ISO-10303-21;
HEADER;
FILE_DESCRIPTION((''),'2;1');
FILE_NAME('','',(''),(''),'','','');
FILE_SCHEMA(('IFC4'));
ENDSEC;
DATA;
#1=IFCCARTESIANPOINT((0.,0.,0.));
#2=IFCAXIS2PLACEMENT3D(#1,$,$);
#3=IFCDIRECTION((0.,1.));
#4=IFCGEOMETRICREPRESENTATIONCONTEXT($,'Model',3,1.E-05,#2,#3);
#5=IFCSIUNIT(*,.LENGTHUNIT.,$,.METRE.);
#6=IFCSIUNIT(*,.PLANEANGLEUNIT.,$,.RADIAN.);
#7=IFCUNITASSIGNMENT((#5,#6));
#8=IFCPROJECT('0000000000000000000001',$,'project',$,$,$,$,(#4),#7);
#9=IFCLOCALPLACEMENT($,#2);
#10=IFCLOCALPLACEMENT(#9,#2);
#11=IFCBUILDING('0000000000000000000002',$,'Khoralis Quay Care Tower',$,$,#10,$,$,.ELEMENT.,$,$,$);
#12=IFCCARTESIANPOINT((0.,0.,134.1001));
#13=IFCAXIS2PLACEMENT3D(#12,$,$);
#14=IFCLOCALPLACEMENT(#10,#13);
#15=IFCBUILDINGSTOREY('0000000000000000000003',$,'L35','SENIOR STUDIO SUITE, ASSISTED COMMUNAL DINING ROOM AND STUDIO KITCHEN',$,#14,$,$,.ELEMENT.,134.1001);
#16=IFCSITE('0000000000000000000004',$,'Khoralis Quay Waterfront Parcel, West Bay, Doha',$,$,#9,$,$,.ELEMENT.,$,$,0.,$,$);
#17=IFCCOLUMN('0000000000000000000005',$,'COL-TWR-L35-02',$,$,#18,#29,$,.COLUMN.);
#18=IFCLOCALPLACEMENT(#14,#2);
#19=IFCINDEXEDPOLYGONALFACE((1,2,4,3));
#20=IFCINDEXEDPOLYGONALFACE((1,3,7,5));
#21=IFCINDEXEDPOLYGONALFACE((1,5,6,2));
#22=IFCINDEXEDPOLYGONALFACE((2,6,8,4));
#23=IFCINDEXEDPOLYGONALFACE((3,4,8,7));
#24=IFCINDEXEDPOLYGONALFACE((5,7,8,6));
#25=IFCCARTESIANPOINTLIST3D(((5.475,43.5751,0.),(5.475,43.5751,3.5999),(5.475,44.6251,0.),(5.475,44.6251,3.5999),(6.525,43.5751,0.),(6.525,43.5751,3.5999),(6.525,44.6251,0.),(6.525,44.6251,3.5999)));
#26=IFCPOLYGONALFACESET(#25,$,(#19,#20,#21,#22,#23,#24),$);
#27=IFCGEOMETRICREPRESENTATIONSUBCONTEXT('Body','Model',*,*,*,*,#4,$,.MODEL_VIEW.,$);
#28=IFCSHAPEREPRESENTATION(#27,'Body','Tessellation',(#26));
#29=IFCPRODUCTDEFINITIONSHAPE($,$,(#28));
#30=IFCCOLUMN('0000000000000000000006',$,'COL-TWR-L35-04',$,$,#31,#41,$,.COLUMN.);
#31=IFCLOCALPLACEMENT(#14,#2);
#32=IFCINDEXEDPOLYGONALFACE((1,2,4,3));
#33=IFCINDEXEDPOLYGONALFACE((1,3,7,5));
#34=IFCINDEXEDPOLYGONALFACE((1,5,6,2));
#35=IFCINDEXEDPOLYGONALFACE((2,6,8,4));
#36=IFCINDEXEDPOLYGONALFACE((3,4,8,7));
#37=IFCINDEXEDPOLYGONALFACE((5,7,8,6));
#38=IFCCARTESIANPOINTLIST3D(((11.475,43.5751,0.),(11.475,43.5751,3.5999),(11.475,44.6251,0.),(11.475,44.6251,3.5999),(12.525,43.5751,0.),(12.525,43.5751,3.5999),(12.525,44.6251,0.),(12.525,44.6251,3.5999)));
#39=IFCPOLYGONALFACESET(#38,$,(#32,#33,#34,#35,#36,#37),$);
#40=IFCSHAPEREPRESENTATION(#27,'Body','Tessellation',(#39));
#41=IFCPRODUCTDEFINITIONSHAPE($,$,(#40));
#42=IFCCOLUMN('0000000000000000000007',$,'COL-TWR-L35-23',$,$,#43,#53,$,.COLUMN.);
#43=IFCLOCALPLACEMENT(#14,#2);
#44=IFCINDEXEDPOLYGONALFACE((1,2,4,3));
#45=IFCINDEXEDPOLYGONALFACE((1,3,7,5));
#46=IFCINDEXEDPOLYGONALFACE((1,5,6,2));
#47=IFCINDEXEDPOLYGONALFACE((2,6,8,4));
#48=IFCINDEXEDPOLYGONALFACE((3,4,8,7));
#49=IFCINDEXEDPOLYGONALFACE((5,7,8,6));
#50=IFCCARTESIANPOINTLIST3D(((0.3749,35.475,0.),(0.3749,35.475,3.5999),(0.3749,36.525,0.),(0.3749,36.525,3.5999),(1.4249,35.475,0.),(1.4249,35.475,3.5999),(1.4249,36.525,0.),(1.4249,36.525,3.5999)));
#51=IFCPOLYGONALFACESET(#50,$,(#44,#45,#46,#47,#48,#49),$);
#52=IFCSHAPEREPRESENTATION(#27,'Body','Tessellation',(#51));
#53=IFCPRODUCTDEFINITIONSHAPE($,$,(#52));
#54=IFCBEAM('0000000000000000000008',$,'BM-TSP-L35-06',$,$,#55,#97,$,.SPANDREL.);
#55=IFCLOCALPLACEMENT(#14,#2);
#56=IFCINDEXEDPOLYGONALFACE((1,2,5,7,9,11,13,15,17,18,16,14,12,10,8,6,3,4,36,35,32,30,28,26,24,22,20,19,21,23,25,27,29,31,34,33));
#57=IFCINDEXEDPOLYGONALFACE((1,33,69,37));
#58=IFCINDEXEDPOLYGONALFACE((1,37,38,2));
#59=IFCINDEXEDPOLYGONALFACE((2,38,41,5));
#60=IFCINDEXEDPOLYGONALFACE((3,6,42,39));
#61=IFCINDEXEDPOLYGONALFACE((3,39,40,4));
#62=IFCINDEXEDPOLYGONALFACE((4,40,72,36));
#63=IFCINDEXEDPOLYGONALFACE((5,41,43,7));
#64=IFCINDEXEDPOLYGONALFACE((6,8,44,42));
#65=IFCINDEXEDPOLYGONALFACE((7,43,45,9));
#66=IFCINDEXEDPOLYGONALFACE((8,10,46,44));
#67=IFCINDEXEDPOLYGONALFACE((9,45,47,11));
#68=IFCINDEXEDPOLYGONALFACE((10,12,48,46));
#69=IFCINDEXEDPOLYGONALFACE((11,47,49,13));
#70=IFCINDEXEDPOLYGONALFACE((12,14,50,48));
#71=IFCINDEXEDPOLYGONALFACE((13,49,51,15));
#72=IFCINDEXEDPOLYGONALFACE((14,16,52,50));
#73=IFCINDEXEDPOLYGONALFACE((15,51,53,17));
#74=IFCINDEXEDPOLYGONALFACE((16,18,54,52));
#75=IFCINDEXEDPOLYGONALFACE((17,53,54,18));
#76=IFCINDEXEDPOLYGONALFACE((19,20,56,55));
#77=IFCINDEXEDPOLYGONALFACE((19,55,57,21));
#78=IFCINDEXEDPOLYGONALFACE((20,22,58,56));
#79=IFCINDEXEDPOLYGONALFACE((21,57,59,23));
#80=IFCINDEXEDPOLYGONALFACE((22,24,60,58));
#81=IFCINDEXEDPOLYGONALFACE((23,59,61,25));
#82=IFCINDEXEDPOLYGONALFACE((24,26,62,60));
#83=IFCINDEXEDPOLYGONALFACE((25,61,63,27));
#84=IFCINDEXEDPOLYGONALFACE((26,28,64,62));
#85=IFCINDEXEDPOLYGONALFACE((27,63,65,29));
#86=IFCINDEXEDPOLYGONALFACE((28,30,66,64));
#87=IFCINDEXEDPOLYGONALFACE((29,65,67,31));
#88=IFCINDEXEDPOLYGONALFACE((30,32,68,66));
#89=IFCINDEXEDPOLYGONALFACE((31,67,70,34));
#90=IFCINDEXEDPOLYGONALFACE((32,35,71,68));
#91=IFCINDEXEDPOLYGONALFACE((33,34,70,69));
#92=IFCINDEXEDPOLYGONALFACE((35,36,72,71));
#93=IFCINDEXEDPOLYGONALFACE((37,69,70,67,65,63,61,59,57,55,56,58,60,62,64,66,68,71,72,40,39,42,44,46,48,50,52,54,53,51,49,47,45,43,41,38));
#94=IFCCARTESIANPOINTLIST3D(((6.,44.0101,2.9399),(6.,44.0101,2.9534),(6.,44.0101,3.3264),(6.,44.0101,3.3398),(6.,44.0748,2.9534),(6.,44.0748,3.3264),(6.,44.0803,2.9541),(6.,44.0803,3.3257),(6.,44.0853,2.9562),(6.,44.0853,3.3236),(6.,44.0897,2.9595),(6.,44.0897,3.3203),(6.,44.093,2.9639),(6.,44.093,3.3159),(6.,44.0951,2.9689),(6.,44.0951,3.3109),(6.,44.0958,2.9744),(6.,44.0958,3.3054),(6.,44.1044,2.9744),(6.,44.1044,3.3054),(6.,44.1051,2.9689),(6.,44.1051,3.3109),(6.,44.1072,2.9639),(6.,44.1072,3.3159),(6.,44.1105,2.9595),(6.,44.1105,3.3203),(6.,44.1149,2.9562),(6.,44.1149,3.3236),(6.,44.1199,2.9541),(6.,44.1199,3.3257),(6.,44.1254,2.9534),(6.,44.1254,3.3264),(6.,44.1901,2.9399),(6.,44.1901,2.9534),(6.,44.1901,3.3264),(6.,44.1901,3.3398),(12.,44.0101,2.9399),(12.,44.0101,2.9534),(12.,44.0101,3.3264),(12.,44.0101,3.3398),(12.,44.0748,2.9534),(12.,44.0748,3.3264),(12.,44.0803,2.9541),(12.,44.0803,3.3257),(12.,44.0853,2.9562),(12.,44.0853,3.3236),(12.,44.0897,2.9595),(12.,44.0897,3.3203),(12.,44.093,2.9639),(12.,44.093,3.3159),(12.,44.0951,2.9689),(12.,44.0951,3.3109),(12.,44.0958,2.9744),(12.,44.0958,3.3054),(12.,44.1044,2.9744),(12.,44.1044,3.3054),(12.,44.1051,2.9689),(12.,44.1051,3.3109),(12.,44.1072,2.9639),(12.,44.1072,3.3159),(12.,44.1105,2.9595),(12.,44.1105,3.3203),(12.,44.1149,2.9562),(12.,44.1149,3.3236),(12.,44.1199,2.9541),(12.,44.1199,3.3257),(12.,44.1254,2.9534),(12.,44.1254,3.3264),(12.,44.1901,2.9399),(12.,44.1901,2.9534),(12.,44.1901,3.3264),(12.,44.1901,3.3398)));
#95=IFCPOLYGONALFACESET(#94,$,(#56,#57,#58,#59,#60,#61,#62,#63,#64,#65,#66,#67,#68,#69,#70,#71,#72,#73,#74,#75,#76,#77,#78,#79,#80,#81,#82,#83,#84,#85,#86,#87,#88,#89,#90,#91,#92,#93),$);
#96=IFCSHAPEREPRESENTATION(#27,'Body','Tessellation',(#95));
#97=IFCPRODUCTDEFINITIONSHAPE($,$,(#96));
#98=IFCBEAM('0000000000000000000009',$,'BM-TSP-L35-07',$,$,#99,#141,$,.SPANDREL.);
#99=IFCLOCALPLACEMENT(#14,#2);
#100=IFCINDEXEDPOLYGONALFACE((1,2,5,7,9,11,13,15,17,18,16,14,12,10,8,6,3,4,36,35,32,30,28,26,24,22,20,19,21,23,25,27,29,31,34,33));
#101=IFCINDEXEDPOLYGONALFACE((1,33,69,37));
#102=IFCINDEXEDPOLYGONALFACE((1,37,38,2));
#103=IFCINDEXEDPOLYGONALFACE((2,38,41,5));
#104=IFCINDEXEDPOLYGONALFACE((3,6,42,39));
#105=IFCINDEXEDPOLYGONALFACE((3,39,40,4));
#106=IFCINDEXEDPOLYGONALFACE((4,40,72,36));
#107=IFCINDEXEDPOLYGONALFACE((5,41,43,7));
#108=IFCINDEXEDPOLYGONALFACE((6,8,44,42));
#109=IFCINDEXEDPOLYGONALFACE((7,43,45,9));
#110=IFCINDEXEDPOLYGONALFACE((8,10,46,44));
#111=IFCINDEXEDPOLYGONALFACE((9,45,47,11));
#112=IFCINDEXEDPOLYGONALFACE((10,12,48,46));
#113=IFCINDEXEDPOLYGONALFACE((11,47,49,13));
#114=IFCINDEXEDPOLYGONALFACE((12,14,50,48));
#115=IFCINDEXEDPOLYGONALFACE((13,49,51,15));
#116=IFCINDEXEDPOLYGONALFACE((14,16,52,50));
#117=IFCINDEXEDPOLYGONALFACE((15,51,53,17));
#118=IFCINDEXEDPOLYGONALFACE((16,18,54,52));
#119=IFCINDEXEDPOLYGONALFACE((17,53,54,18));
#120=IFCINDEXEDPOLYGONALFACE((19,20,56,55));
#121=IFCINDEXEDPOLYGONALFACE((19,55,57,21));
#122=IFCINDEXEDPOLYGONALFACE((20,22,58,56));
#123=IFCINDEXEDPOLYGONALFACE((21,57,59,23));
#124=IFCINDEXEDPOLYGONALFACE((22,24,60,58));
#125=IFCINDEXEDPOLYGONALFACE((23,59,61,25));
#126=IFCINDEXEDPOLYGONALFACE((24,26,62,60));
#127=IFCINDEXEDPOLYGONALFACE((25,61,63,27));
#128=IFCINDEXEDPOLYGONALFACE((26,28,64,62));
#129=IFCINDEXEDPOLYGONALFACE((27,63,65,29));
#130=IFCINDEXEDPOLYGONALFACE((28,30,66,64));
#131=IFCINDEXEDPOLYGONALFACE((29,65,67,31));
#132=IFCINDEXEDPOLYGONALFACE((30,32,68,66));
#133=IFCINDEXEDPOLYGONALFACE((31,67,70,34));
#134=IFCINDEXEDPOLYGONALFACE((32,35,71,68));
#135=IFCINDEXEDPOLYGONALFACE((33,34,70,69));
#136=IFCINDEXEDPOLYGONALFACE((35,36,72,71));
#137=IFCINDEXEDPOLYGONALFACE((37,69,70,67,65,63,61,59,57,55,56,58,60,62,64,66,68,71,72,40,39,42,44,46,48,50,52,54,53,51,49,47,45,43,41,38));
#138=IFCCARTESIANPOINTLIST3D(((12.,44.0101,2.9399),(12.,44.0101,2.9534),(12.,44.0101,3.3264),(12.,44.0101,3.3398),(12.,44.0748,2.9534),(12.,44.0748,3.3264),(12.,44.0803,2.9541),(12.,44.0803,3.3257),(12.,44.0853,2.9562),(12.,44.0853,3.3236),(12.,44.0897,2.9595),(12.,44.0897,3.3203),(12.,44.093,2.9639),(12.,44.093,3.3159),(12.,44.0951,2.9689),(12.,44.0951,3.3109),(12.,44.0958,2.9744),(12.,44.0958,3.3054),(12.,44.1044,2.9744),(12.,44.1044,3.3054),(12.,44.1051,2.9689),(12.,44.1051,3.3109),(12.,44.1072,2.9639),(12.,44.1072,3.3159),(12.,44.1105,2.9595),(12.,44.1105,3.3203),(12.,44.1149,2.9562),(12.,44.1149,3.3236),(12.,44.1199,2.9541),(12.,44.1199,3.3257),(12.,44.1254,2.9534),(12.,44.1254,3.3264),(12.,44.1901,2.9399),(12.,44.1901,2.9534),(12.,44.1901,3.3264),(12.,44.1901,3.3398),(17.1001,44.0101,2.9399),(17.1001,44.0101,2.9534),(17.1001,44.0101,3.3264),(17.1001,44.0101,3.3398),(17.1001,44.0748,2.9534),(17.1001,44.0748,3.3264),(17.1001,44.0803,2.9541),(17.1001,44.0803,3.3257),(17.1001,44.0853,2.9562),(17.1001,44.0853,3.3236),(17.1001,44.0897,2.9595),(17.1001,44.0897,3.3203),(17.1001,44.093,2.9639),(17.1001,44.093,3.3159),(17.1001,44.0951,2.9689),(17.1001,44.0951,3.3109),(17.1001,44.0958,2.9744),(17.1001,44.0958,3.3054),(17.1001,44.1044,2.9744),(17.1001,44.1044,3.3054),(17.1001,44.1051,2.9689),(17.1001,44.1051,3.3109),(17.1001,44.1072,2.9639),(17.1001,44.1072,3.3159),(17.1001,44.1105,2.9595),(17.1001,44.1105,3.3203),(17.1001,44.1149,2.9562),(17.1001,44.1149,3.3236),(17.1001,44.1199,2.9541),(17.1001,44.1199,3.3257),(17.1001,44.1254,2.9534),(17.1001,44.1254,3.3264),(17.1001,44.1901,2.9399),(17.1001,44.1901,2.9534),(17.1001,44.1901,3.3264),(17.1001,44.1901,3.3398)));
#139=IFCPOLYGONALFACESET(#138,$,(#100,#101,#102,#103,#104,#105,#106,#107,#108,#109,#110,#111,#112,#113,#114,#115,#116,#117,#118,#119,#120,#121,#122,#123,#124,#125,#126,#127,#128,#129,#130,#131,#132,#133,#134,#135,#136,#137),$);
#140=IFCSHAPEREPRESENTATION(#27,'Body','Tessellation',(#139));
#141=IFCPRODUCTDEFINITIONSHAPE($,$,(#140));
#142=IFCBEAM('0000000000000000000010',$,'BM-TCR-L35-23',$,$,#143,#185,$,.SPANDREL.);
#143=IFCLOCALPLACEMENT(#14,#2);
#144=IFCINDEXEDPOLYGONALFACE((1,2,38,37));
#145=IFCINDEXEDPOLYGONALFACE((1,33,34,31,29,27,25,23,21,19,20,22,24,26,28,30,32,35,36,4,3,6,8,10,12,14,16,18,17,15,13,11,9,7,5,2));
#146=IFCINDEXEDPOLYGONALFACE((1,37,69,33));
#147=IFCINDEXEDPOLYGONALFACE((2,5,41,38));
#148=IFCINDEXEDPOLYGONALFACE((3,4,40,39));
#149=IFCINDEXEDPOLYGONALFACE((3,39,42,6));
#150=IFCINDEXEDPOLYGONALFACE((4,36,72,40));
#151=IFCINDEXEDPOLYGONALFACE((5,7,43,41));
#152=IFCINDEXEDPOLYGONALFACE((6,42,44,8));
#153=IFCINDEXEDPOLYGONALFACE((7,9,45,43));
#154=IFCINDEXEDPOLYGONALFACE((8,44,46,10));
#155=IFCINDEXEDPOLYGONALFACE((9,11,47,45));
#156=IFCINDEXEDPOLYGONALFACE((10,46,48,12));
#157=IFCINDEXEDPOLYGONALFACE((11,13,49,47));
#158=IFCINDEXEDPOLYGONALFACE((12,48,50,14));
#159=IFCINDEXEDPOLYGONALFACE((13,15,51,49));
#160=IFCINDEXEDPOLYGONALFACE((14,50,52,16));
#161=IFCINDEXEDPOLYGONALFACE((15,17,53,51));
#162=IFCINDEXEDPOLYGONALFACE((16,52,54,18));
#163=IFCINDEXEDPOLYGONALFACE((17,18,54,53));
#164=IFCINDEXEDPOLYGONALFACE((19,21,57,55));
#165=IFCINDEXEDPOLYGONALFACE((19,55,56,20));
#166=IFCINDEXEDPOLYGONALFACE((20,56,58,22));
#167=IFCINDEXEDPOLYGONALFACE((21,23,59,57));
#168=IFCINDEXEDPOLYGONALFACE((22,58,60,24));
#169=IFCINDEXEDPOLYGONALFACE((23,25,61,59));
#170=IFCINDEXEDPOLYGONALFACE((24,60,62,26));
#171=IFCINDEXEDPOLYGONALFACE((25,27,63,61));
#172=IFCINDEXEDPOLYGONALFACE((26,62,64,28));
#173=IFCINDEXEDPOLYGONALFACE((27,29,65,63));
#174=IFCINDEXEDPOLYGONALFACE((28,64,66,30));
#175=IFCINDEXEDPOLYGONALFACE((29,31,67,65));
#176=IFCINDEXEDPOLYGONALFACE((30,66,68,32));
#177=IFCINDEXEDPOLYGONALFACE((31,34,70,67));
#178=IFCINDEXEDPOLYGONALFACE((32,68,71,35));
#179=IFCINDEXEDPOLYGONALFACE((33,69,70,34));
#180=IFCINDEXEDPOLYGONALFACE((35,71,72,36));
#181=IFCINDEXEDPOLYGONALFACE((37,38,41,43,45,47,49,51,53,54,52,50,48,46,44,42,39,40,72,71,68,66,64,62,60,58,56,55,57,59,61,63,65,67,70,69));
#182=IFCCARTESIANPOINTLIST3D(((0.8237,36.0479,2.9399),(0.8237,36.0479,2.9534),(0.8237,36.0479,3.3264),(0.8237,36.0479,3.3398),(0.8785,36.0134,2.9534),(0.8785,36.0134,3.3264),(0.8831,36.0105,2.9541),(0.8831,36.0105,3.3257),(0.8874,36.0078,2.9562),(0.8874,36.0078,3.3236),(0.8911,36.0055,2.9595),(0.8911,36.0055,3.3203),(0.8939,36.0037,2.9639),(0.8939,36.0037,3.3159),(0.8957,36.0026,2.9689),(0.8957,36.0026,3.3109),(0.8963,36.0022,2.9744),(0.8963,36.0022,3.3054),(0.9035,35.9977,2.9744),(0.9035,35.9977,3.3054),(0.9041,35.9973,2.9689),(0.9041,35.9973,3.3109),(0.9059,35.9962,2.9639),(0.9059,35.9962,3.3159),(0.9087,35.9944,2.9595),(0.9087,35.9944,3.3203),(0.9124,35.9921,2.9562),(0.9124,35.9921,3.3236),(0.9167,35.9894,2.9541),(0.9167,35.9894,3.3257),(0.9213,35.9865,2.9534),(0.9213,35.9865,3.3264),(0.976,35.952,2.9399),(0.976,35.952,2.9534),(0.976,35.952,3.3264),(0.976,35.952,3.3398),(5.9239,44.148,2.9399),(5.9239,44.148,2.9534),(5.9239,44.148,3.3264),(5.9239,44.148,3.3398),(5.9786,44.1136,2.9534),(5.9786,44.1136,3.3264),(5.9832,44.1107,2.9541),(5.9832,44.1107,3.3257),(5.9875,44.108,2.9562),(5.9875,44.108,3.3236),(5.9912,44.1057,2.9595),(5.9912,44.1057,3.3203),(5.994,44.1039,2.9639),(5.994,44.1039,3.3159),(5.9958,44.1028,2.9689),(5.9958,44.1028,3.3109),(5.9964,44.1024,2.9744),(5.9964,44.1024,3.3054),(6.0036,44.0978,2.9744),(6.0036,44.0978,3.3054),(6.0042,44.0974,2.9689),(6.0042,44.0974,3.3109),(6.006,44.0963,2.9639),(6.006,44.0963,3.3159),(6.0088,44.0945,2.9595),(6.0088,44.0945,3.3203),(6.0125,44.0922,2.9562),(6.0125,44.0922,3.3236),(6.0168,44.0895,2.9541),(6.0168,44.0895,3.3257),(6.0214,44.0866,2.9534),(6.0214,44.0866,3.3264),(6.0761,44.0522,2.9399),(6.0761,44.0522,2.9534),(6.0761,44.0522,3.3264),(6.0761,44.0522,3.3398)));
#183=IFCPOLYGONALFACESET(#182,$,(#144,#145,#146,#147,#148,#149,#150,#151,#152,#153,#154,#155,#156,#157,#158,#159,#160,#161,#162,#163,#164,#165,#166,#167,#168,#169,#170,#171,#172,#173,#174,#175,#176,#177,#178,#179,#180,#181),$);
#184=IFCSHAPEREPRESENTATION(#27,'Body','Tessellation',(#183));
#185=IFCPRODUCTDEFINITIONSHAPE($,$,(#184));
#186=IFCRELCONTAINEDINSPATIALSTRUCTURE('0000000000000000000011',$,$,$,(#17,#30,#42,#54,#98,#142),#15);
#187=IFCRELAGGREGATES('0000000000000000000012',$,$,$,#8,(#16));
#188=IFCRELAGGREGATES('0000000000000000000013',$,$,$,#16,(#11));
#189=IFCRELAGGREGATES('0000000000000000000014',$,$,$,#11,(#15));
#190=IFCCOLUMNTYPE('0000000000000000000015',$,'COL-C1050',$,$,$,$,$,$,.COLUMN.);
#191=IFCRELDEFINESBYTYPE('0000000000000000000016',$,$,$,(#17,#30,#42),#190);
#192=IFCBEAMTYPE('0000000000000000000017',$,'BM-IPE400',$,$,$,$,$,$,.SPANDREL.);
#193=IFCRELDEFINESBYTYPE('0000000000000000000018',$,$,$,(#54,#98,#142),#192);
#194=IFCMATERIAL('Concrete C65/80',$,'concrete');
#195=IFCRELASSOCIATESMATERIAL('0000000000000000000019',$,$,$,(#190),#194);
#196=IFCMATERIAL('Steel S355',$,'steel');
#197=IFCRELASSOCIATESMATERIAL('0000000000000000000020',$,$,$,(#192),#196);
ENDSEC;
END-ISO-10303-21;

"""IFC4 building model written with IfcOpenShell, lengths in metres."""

from ifc_helpers import new_model, si_unit, direction, frame, origin, origin_2d, place, context, subcontext, project, spatial, rectangle, i_section, extrude, source, transform, mapped, material, material_profile, profile_set, type_object, element, save


model = new_model("IFC4")

# Units and contexts
model_context = context("Model", 3, precision=1e-05, world=origin(), true_north=direction((0.0, 1.0)))
body_context = subcontext(model_context, "Body", "Model", "MODEL_VIEW")
ifc_project = project(units=[si_unit("LENGTHUNIT", "METRE"), si_unit("PLANEANGLEUNIT", "RADIAN")], contexts=[model_context])

# Site, building, storey
site_placement = place(None, origin())
site = spatial("IfcSite", under=ifc_project, at=site_placement, Name="Khoralis Quay Waterfront Parcel, West Bay, Doha", CompositionType="ELEMENT", RefElevation=0.0)
building_placement = place(site_placement, origin())
building = spatial("IfcBuilding", under=site, at=building_placement, Name="Khoralis Quay Care Tower", CompositionType="ELEMENT")
storey_placement = place(building_placement, frame((0.0, 0.0, 134.1001)))
storey = spatial("IfcBuildingStorey", under=building, at=storey_placement, Name="L35", Description="SENIOR STUDIO SUITE, ASSISTED COMMUNAL DINING ROOM AND STUDIO KITCHEN", CompositionType="ELEMENT", Elevation=134.1001)

# Columns
ifc_material_1 = material(Name="Concrete C65/80", Category="concrete")
ifc_material_profile_1 = material_profile(ifc_material_1, rectangle(XDim=1.05, YDim=1.05, at=origin_2d()), Name="Concrete C65/80")
ifc_profile_set_1 = profile_set([ifc_material_profile_1], Name="Concrete C65/80")
column_type = type_object("IfcColumnType", Name="COL-C1050", PredefinedType="COLUMN", material=ifc_profile_set_1)
shared_shape_1 = source(origin(), body_context, "Body", "SweptSolid", [
    extrude(rectangle(XDim=1.05, YDim=1.05, at=origin_2d()), origin(), (0.0, 0.0, 1.0), 3.5999),
])
for number, where, z_axis, x_axis, name in (
    (1, (6.0, 44.1001, 0.0), (0.0, 0.0, 1.0), (1.0, 0.0, 0.0), "COL-TWR-L35-02"),
    (2, (12.0, 44.1001, 0.0), (0.0, 0.0, 1.0), (1.0, 0.0, 0.0), "COL-TWR-L35-04"),
    (3, (0.8999, 36.0, 0.0), (0.0, 0.0, 1.0), (1.0, 0.0, 0.0), "COL-TWR-L35-23"),
):
    element("IfcColumn", number, at=place(storey_placement, frame(where, z_axis=z_axis, x_axis=x_axis)), inside=storey, type_object=column_type, Name=name, PredefinedType="COLUMN", context=body_context, shape_type="MappedRepresentation", body=[
        mapped(shared_shape_1, transform((0.0, 0.0, 0.0), scale=1.0)),
    ])

# Beams
ifc_material_2 = material(Name="Steel S355", Category="steel")
ifc_material_profile_2 = material_profile(ifc_material_2, i_section(OverallWidth=0.1799, OverallDepth=0.3999, WebThickness=0.0085, FlangeThickness=0.0134, FilletRadius=0.021, at=origin_2d()), Name="Steel S355")
ifc_profile_set_2 = profile_set([ifc_material_profile_2], Name="Steel S355")
beam_type_1 = type_object("IfcBeamType", Name="BM-IPE400", PredefinedType="SPANDREL", material=ifc_profile_set_2)
shared_shape_2 = source(origin(), body_context, "Body", "SweptSolid", [
    extrude(i_section(OverallWidth=0.1799, OverallDepth=0.3999, WebThickness=0.0085, FlangeThickness=0.0134, FilletRadius=0.021, at=origin_2d()), origin(), (0.0, 0.0, 1.0), 6.0),
])
beam_1_placement = place(storey_placement, frame((6.0, 44.1001, 3.1399), z_axis=(1.0, 0.0, 0.0), x_axis=(0.0, 1.0, 0.0)))
element("IfcBeam", 4, at=beam_1_placement, inside=storey, type_object=beam_type_1, Name="BM-TSP-L35-06", PredefinedType="SPANDREL", context=body_context, shape_type="MappedRepresentation", body=[
    mapped(shared_shape_2, transform((0.0, 0.0, 0.0), scale=1.0)),
])
shared_shape_3 = source(origin(), body_context, "Body", "SweptSolid", [
    extrude(i_section(OverallWidth=0.1799, OverallDepth=0.3999, WebThickness=0.0085, FlangeThickness=0.0134, FilletRadius=0.021, at=origin_2d()), origin(), (0.0, 0.0, 1.0), 5.1001),
])
beam_2_placement = place(storey_placement, frame((12.0, 44.1001, 3.1399), z_axis=(1.0, 0.0, 0.0), x_axis=(0.0, 1.0, 0.0)))
element("IfcBeam", 5, at=beam_2_placement, inside=storey, type_object=beam_type_1, Name="BM-TSP-L35-07", PredefinedType="SPANDREL", context=body_context, shape_type="MappedRepresentation", body=[
    mapped(shared_shape_3, transform((0.0, 0.0, 0.0), scale=1.0)),
])
shared_shape_4 = source(origin(), body_context, "Body", "SweptSolid", [
    extrude(i_section(OverallWidth=0.1799, OverallDepth=0.3999, WebThickness=0.0085, FlangeThickness=0.0134, FilletRadius=0.021, at=origin_2d()), origin(), (0.0, 0.0, 1.0), 9.572),
])
beam_3_placement = place(storey_placement, frame((6.0, 44.1001, 3.1399), z_axis=(-0.532816, -0.846231, 0.0), x_axis=(0.846231, -0.532816, 0.0)))
element("IfcBeam", 6, at=beam_3_placement, inside=storey, type_object=beam_type_1, Name="BM-TCR-L35-23", PredefinedType="SPANDREL", context=body_context, shape_type="MappedRepresentation", body=[
    mapped(shared_shape_4, transform((0.0, 0.0, 0.0), scale=1.0)),
])

save(model, "model.ifc")
